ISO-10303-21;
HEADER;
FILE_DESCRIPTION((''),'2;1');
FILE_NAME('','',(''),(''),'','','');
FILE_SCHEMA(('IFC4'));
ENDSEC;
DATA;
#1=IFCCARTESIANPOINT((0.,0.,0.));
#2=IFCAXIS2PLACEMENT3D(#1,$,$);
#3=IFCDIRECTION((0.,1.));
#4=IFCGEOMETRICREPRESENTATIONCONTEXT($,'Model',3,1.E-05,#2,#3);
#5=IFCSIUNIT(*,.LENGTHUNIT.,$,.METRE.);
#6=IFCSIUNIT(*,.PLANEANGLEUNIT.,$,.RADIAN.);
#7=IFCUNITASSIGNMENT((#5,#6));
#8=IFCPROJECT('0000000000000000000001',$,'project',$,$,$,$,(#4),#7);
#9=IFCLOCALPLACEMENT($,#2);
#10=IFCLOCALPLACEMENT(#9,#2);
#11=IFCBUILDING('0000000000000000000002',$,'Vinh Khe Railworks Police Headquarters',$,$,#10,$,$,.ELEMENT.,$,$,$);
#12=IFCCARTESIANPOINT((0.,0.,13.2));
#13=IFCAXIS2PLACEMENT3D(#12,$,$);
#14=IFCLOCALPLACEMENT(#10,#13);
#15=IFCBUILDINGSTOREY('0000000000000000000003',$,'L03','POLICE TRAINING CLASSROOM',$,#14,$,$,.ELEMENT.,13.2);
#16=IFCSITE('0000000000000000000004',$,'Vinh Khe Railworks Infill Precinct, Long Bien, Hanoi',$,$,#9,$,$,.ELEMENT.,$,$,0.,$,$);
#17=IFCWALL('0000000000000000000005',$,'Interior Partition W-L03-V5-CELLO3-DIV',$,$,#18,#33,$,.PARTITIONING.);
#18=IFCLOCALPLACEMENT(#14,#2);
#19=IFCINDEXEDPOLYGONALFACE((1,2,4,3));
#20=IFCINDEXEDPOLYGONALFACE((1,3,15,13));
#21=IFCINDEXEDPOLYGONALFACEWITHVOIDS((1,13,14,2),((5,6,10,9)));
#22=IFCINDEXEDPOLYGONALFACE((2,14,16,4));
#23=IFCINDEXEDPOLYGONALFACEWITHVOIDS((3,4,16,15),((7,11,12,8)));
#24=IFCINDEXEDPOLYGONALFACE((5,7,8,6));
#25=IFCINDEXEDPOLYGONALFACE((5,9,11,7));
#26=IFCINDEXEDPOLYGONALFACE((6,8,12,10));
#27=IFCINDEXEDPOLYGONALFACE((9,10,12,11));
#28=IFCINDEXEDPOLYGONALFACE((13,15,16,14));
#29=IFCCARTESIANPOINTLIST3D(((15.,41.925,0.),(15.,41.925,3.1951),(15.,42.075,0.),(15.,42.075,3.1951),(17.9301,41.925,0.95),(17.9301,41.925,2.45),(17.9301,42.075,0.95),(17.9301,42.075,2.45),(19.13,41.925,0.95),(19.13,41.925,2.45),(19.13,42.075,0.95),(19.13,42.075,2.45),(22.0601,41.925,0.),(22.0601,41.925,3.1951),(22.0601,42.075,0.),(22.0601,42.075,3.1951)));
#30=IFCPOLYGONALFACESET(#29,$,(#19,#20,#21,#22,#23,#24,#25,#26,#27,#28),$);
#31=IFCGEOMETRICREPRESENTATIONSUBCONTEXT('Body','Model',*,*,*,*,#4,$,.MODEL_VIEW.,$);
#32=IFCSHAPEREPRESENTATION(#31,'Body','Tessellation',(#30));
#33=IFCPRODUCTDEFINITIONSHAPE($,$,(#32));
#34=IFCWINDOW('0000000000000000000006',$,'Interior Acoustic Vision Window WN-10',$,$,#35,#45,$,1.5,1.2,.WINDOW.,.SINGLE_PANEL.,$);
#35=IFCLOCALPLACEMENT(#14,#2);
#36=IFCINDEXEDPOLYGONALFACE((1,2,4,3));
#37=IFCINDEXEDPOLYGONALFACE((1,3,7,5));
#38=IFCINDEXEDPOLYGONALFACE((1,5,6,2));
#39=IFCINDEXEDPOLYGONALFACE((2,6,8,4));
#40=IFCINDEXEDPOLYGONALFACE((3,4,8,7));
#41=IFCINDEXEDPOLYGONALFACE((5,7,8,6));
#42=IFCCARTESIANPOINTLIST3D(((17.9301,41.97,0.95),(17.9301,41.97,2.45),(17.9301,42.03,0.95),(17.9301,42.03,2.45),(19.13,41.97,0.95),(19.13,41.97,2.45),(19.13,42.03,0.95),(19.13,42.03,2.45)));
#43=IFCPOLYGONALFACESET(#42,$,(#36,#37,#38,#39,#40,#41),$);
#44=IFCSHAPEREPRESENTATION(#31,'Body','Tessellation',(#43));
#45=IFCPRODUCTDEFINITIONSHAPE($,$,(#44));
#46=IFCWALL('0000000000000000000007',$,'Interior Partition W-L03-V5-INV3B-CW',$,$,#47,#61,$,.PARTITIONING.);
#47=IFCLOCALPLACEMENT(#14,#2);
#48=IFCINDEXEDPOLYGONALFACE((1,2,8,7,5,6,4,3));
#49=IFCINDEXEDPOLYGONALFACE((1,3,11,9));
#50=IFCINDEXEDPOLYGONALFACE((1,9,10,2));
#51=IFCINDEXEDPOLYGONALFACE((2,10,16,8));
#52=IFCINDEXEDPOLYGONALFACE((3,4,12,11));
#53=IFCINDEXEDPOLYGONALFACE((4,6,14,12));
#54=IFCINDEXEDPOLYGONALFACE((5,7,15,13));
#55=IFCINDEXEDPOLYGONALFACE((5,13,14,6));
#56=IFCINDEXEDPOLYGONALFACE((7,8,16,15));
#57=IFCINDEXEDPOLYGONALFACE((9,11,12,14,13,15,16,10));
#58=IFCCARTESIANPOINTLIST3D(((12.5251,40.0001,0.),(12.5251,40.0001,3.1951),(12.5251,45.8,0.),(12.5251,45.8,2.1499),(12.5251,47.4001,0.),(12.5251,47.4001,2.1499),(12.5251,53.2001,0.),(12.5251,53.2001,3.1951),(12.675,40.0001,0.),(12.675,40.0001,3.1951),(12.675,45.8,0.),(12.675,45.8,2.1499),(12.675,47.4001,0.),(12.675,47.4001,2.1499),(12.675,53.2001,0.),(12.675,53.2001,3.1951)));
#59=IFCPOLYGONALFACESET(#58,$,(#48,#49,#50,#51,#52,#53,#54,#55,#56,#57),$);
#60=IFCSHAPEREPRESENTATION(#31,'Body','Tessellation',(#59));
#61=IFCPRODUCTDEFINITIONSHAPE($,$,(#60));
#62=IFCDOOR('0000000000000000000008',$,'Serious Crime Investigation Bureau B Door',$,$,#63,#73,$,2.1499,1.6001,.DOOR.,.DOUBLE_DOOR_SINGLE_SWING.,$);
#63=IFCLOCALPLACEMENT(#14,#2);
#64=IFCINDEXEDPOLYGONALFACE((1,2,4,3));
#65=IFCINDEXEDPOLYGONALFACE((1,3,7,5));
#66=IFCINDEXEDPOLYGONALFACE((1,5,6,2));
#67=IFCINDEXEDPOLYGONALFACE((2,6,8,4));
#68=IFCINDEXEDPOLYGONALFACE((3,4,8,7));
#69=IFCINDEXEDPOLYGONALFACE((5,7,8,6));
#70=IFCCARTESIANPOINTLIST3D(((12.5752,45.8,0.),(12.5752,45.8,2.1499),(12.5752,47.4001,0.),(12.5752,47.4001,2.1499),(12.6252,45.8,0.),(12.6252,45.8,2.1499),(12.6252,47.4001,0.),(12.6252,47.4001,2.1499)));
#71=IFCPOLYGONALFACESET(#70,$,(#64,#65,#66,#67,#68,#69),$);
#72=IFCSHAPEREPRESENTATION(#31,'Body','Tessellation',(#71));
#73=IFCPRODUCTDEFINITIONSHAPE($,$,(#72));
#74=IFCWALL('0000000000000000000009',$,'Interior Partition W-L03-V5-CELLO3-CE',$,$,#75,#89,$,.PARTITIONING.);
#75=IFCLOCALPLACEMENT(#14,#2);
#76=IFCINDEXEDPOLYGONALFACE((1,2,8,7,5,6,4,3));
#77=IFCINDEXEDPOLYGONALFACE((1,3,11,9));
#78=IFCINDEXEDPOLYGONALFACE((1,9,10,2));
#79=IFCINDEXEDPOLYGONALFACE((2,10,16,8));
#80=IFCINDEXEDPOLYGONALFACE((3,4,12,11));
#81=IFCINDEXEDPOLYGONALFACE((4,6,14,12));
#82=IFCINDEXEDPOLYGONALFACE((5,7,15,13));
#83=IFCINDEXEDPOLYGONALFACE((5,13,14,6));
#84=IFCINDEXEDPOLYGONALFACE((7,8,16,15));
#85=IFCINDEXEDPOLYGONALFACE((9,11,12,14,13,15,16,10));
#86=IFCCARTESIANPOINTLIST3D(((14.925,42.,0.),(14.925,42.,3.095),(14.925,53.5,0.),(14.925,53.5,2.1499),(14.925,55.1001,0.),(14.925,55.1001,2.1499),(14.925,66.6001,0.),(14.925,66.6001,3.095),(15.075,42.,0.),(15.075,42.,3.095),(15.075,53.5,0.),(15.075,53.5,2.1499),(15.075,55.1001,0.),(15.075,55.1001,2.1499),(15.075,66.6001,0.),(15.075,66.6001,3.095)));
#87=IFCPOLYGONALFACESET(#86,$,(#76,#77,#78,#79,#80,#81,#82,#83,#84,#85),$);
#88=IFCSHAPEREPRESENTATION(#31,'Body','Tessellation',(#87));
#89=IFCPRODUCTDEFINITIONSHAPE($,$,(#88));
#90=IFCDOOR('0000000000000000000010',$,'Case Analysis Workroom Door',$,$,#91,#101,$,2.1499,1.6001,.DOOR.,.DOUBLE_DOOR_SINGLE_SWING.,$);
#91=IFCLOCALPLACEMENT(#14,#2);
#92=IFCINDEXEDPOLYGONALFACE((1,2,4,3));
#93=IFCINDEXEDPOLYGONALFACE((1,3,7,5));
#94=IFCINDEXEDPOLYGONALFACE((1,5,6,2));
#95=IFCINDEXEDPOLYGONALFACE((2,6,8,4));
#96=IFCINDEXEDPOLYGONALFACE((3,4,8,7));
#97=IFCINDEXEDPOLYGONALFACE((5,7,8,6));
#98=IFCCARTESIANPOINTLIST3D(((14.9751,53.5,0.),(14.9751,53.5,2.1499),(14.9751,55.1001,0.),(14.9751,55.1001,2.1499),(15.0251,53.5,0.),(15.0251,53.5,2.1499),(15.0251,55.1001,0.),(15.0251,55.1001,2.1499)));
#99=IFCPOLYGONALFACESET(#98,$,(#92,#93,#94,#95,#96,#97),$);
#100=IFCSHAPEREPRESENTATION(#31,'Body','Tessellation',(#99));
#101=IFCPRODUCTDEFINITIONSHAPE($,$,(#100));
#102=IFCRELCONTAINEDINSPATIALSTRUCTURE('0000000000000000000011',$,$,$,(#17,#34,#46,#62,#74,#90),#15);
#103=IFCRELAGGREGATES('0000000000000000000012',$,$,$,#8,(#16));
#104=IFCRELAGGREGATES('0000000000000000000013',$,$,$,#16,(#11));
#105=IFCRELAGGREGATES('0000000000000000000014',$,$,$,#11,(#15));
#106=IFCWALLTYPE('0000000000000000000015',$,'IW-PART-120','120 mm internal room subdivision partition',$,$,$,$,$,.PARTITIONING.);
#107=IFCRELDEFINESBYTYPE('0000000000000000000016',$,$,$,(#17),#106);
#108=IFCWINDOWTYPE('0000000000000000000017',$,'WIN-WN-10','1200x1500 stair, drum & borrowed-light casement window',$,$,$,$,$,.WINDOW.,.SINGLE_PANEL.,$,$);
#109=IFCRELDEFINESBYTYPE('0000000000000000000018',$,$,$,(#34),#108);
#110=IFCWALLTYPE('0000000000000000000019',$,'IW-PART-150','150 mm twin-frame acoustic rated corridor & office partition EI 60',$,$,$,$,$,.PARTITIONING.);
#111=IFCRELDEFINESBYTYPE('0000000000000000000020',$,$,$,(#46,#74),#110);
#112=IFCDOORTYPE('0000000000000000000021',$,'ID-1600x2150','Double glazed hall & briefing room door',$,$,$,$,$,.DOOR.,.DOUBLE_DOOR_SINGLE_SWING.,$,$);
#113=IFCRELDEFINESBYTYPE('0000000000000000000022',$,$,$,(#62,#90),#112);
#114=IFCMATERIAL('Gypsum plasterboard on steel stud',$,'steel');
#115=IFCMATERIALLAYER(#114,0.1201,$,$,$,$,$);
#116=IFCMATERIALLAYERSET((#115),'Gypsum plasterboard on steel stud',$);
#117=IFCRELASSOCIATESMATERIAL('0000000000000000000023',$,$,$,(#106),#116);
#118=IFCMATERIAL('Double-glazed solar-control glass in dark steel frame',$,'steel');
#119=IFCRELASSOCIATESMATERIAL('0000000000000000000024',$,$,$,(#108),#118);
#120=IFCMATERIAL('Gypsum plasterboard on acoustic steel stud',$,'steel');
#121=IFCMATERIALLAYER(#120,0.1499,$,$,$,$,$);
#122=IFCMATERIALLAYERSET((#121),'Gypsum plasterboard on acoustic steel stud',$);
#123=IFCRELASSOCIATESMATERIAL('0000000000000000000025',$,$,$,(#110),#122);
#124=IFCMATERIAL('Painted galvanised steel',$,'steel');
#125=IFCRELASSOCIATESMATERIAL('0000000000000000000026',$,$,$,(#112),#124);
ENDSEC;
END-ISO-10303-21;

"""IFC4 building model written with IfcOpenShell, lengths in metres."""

from ifc_helpers import new_model, si_unit, direction, frame, frame_2d, origin, place, context, subcontext, project, spatial, rectangle, extrude, material, layer, layer_set, type_object, element, fill, save


model = new_model("IFC4")

# Units and contexts
model_context = context("Model", 3, precision=1e-05, world=origin(), true_north=direction((0.0, 1.0)))
body_context = subcontext(model_context, "Body", "Model", "MODEL_VIEW")
ifc_project = project(units=[si_unit("LENGTHUNIT", "METRE"), si_unit("PLANEANGLEUNIT", "RADIAN")], contexts=[model_context])

# Site, building, storey
site_placement = place(None, origin())
site = spatial("IfcSite", under=ifc_project, at=site_placement, Name="Vinh Khe Railworks Infill Precinct, Long Bien, Hanoi", CompositionType="ELEMENT", RefElevation=0.0)
building_placement = place(site_placement, origin())
building = spatial("IfcBuilding", under=site, at=building_placement, Name="Vinh Khe Railworks Police Headquarters", CompositionType="ELEMENT")
storey_placement = place(building_placement, frame((0.0, 0.0, 13.2)))
storey = spatial("IfcBuildingStorey", under=building, at=storey_placement, Name="L03", Description="POLICE TRAINING CLASSROOM", CompositionType="ELEMENT", Elevation=13.2)

# Shared definitions
ifc_material_1 = material(Name="Painted galvanised steel", Category="steel")

# Wall, opening, window
ifc_material_2 = material(Name="Gypsum plasterboard on steel stud", Category="steel")
ifc_layer_1 = layer(ifc_material_2, 0.1201)
ifc_layer_set_1 = layer_set([ifc_layer_1], Name="Gypsum plasterboard on steel stud")
wall_type_1 = type_object("IfcWallType", Name="IW-PART-120", Description="120 mm internal room subdivision partition", PredefinedType="PARTITIONING", material=ifc_layer_set_1)
wall_1_placement = place(storey_placement, frame((15.0, 42.0, 0.0), z_axis=(0.0, 0.0, 1.0), x_axis=(1.0, 0.0, 0.0)))
wall_1 = element("IfcWall", 1, at=wall_1_placement, inside=storey, type_object=wall_type_1, Name="Interior Partition W-L03-V5-CELLO3-DIV", PredefinedType="PARTITIONING", context=body_context, shape_type="SweptSolid", body=[
    extrude(rectangle(XDim=7.0601, YDim=0.1499, at=frame_2d((3.53, 0.0))), origin(), (0.0, 0.0, 1.0), 3.1951),
])
opening_1_placement = place(wall_1_placement, frame((2.9299, 0.0, 0.95)))
opening_1 = element("IfcOpeningElement", 2, at=opening_1_placement, cuts=wall_1, PredefinedType="OPENING", context=body_context, shape_type="SweptSolid", body=[
    extrude(rectangle(XDim=1.2, YDim=1.5, at=frame_2d((0.6001, 0.75))), frame((0.0, 0.0898, 0.0), z_axis=(0.0, -1.0, 0.0), x_axis=(1.0, 0.0, 0.0)), (0.0, 0.0, 1.0), 0.1797),
])
ifc_material_3 = material(Name="Double-glazed solar-control glass in dark steel frame", Category="steel")
window_type = type_object("IfcWindowType", Name="WIN-WN-10", Description="1200x1500 stair, drum & borrowed-light casement window", PartitioningType="SINGLE_PANEL", PredefinedType="WINDOW", material=ifc_material_3)
window_placement = place(opening_1_placement, origin())
window = element("IfcWindow", 3, at=window_placement, inside=storey, type_object=window_type, Name="Interior Acoustic Vision Window WN-10", OverallHeight=1.5, OverallWidth=1.2, PartitioningType="SINGLE_PANEL", PredefinedType="WINDOW", context=body_context, shape_type="SweptSolid", body=[
    extrude(rectangle(XDim=1.2, YDim=1.5, at=frame_2d((0.6001, 0.75))), frame((0.0, 0.03, 0.0), z_axis=(0.0, -1.0, 0.0), x_axis=(1.0, 0.0, 0.0)), (0.0, 0.0, 1.0), 0.0601),
])
fill(opening_1, window)

# Walls, openings, doors
ifc_material_4 = material(Name="Gypsum plasterboard on acoustic steel stud", Category="steel")
ifc_layer_2 = layer(ifc_material_4, 0.1499)
ifc_layer_set_2 = layer_set([ifc_layer_2], Name="Gypsum plasterboard on acoustic steel stud")
wall_type_2 = type_object("IfcWallType", Name="IW-PART-150", Description="150 mm twin-frame acoustic rated corridor & office partition EI 60", PredefinedType="PARTITIONING", material=ifc_layer_set_2)
wall_2_placement = place(storey_placement, frame((12.6001, 40.0, 0.0), z_axis=(0.0, 0.0, 1.0), x_axis=(0.0, 1.0, 0.0)))
wall_2 = element("IfcWall", 4, at=wall_2_placement, inside=storey, type_object=wall_type_2, Name="Interior Partition W-L03-V5-INV3B-CW", PredefinedType="PARTITIONING", context=body_context, shape_type="SweptSolid", body=[
    extrude(rectangle(XDim=13.2, YDim=0.1499, at=frame_2d((6.6001, 0.0))), origin(), (0.0, 0.0, 1.0), 3.1951),
])
opening_2_placement = place(wall_2_placement, frame((5.8, 0.0, 0.0)))
opening_2 = element("IfcOpeningElement", 5, at=opening_2_placement, cuts=wall_2, PredefinedType="OPENING", context=body_context, shape_type="SweptSolid", body=[
    extrude(rectangle(XDim=1.6001, YDim=2.1499, at=frame_2d((0.8, 1.075))), frame((0.0, 0.0898, 0.0), z_axis=(0.0, -1.0, 0.0), x_axis=(1.0, 0.0, 0.0)), (0.0, 0.0, 1.0), 0.1797),
])
door_type_1 = type_object("IfcDoorType", Name="ID-1600x2150", Description="Double glazed hall & briefing room door", OperationType="DOUBLE_DOOR_SINGLE_SWING", PredefinedType="DOOR", material=ifc_material_1)
door_1_placement = place(opening_2_placement, origin())
door_1 = element("IfcDoor", 6, at=door_1_placement, inside=storey, type_object=door_type_1, Name="Serious Crime Investigation Bureau B Door", OperationType="DOUBLE_DOOR_SINGLE_SWING", OverallHeight=2.1499, OverallWidth=1.6001, PredefinedType="DOOR", context=body_context, shape_type="SweptSolid", body=[
    extrude(rectangle(XDim=1.6001, YDim=2.1499, at=frame_2d((0.8, 1.075))), frame((0.0, 0.0249, 0.0), z_axis=(0.0, -1.0, 0.0), x_axis=(1.0, 0.0, 0.0)), (0.0, 0.0, 1.0), 0.05),
])
fill(opening_2, door_1)
wall_3_placement = place(storey_placement, frame((15.0, 42.0, 0.0), z_axis=(0.0, 0.0, 1.0), x_axis=(0.0, 1.0, 0.0)))
wall_3 = element("IfcWall", 7, at=wall_3_placement, inside=storey, type_object=wall_type_2, Name="Interior Partition W-L03-V5-CELLO3-CE", PredefinedType="PARTITIONING", context=body_context, shape_type="SweptSolid", body=[
    extrude(rectangle(XDim=24.6001, YDim=0.1499, at=frame_2d((12.3, 0.0))), origin(), (0.0, 0.0, 1.0), 3.095),
])
opening_3_placement = place(wall_3_placement, frame((11.5, 0.0, 0.0)))
opening_3 = element("IfcOpeningElement", 8, at=opening_3_placement, cuts=wall_3, PredefinedType="OPENING", context=body_context, shape_type="SweptSolid", body=[
    extrude(rectangle(XDim=1.6001, YDim=2.1499, at=frame_2d((0.8, 1.075))), frame((0.0, 0.0898, 0.0), z_axis=(0.0, -1.0, 0.0), x_axis=(1.0, 0.0, 0.0)), (0.0, 0.0, 1.0), 0.1797),
])
door_2_placement = place(opening_3_placement, origin())
door_2 = element("IfcDoor", 9, at=door_2_placement, inside=storey, type_object=door_type_1, Name="Case Analysis Workroom Door", OperationType="DOUBLE_DOOR_SINGLE_SWING", OverallHeight=2.1499, OverallWidth=1.6001, PredefinedType="DOOR", context=body_context, shape_type="SweptSolid", body=[
    extrude(rectangle(XDim=1.6001, YDim=2.1499, at=frame_2d((0.8, 1.075))), frame((0.0, 0.0249, 0.0), z_axis=(0.0, -1.0, 0.0), x_axis=(1.0, 0.0, 0.0)), (0.0, 0.0, 1.0), 0.05),
])
fill(opening_3, door_2)

save(model, "model.ifc")
